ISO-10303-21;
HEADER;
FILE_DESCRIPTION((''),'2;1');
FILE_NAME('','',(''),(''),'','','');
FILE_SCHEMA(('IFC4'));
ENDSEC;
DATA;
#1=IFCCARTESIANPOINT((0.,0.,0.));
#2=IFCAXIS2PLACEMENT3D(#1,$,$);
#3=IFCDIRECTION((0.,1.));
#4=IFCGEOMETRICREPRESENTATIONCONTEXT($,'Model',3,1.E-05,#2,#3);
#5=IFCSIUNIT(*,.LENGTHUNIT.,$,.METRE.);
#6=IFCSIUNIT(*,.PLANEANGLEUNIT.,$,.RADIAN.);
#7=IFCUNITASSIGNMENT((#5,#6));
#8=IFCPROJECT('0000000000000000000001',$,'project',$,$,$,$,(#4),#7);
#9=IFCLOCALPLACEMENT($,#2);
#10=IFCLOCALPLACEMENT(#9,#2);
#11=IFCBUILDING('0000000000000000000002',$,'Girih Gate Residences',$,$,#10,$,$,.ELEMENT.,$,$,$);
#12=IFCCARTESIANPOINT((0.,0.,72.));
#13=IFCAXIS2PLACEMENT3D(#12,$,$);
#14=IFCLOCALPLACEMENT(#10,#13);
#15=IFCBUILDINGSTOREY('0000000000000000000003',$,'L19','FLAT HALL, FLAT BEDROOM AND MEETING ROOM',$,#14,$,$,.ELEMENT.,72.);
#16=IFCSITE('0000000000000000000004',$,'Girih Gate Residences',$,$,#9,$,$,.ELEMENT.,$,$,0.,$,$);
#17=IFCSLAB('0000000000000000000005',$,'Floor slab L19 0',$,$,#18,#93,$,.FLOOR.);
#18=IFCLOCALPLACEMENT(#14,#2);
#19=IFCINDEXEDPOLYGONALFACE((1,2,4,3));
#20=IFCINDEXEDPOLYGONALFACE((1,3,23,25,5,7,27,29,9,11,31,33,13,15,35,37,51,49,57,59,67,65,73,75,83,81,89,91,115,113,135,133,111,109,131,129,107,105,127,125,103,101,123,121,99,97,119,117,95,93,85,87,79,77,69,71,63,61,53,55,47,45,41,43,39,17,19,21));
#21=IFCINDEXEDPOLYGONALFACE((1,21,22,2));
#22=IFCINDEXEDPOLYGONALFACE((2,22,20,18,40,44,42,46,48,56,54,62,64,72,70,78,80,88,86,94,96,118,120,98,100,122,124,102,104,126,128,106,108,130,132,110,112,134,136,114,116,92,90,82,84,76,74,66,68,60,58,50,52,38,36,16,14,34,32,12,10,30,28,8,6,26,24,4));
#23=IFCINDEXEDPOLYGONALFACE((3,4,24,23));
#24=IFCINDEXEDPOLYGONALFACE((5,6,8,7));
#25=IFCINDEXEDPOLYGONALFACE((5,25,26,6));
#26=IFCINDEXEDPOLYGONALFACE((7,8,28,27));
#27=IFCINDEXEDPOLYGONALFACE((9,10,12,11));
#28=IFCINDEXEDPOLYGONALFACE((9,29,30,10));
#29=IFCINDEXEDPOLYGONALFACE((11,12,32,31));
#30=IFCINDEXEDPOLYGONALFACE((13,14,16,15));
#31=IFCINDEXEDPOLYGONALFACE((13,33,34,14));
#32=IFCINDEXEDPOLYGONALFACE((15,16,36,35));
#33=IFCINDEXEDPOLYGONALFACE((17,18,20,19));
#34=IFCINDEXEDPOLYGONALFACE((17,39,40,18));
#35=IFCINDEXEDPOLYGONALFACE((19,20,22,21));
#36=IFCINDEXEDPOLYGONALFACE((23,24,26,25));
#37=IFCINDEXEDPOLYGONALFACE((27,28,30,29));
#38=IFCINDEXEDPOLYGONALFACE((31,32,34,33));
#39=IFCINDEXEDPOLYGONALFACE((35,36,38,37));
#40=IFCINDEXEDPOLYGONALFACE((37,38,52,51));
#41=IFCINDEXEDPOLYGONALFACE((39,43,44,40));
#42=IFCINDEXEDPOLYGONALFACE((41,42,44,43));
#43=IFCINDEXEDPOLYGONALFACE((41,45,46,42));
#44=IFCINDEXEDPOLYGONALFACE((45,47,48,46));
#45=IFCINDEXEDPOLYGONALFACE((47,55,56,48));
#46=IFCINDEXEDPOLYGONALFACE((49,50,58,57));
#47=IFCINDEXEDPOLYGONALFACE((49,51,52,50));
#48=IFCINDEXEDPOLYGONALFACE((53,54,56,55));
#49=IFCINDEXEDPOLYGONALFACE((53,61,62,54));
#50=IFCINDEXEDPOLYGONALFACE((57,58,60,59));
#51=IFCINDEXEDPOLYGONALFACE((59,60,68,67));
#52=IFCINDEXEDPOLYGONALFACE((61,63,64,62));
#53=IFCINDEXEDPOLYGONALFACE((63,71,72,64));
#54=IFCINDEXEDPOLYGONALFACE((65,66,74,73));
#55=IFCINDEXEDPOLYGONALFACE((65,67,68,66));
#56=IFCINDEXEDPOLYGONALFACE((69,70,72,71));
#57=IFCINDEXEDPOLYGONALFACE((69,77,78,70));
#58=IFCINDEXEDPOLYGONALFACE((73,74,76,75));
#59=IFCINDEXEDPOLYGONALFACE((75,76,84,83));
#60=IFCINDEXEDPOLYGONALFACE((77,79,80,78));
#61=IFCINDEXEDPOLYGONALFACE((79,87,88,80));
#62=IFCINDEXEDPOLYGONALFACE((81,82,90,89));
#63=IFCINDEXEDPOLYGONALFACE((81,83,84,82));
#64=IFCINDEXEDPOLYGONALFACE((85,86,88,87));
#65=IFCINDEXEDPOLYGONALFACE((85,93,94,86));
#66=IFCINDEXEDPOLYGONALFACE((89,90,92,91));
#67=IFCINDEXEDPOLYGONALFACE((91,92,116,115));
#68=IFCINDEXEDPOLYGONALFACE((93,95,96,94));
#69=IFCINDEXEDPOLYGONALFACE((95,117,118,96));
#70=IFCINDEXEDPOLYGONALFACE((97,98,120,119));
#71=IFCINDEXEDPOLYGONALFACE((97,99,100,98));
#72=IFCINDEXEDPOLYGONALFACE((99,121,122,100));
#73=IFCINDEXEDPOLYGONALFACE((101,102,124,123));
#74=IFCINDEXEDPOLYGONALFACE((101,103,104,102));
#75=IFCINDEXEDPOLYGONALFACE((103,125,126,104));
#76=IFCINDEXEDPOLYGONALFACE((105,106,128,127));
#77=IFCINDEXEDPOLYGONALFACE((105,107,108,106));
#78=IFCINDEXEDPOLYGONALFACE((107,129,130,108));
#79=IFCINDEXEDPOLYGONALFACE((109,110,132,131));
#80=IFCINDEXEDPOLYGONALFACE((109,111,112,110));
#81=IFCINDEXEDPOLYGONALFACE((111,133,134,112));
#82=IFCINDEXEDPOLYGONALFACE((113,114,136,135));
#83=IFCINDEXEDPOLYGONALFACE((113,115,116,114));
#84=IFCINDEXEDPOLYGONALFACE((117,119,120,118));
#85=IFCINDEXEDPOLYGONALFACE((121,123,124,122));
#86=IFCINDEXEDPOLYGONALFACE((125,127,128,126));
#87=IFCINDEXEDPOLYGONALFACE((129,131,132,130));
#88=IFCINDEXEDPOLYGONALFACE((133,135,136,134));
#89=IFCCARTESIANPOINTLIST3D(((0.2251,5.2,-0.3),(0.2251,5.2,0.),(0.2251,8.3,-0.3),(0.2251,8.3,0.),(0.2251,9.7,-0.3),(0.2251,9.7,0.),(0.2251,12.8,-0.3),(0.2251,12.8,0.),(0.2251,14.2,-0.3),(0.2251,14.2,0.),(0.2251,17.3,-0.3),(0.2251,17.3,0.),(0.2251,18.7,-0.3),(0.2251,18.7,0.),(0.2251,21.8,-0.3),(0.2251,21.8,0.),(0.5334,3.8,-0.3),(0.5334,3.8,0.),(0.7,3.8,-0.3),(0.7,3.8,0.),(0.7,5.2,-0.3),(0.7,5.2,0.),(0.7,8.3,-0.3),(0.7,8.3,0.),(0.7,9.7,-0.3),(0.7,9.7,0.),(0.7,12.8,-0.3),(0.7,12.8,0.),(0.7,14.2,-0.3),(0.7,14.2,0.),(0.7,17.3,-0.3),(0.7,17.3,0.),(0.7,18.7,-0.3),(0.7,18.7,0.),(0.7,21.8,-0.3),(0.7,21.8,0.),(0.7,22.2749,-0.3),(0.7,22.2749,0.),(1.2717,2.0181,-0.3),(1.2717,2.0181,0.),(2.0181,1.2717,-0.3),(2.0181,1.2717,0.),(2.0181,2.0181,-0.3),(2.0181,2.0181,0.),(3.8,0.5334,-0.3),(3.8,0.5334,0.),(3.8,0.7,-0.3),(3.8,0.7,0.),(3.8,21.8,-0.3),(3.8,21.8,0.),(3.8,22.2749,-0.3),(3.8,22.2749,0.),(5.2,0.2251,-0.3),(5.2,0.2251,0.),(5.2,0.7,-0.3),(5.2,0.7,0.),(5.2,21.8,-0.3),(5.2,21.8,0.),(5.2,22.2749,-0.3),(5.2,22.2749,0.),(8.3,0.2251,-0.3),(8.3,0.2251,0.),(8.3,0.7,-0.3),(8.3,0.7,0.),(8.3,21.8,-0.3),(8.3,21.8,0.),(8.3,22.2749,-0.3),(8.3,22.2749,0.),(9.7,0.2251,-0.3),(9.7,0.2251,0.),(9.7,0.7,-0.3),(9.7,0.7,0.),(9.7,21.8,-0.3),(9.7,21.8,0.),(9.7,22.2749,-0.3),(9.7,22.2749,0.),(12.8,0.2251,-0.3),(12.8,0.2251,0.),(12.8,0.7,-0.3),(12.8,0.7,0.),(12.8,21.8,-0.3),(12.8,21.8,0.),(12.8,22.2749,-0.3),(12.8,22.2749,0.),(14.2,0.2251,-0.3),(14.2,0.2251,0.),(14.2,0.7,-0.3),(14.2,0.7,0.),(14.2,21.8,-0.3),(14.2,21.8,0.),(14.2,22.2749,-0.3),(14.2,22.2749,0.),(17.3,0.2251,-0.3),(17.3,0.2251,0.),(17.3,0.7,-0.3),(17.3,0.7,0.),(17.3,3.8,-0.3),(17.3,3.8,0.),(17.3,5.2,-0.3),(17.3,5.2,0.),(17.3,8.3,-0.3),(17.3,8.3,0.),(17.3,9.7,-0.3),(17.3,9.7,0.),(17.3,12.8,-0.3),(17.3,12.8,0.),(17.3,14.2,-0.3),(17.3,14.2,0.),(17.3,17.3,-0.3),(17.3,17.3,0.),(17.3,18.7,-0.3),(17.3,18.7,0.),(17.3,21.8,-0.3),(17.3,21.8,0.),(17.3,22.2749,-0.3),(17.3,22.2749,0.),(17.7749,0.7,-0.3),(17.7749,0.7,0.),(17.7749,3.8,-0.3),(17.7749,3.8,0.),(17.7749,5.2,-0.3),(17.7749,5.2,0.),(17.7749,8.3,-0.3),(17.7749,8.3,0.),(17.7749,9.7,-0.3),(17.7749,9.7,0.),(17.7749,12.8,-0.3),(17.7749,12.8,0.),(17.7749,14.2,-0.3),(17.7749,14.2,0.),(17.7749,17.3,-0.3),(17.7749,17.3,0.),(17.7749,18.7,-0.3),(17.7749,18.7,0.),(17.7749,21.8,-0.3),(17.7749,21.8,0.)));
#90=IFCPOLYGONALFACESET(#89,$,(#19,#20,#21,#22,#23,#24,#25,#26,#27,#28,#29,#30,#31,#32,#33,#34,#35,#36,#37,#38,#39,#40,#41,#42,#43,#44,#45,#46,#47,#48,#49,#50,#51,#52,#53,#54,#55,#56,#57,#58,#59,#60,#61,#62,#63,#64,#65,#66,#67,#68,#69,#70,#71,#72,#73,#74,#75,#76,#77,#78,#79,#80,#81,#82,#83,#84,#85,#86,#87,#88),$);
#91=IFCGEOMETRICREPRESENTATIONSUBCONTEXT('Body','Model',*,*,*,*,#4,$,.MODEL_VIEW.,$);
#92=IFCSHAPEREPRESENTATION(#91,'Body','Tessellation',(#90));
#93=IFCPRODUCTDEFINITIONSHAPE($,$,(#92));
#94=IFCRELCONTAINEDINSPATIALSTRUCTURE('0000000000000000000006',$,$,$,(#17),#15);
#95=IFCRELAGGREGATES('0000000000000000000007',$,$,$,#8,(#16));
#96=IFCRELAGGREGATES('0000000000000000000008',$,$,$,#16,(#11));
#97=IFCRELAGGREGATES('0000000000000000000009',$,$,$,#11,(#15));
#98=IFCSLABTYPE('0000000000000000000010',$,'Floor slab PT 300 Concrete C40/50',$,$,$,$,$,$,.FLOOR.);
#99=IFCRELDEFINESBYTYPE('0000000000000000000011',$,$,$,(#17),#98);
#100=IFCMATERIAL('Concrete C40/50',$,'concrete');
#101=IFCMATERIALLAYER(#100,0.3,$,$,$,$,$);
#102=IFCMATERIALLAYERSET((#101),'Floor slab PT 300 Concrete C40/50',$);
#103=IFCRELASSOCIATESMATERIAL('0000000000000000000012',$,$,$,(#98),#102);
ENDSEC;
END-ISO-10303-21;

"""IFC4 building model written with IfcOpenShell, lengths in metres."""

from ifc_helpers import new_model, si_unit, direction, frame, origin, place, context, subcontext, project, spatial, polyline, outline, extrude, material, layer, layer_set, type_object, element, save


model = new_model("IFC4")

# Units and contexts
model_context = context("Model", 3, precision=1e-05, world=origin(), true_north=direction((0.0, 1.0)))
body_context = subcontext(model_context, "Body", "Model", "MODEL_VIEW")
ifc_project = project(units=[si_unit("LENGTHUNIT", "METRE"), si_unit("PLANEANGLEUNIT", "RADIAN")], contexts=[model_context])

# Site, building, storey
site_placement = place(None, origin())
site = spatial("IfcSite", under=ifc_project, at=site_placement, Name="Girih Gate Residences", CompositionType="ELEMENT", RefElevation=0.0)
building_placement = place(site_placement, origin())
building = spatial("IfcBuilding", under=site, at=building_placement, Name="Girih Gate Residences", CompositionType="ELEMENT")
storey_placement = place(building_placement, frame((0.0, 0.0, 72.0)))
storey = spatial("IfcBuildingStorey", under=building, at=storey_placement, Name="L19", Description="FLAT HALL, FLAT BEDROOM AND MEETING ROOM", CompositionType="ELEMENT", Elevation=72.0)

# Slab
ifc_material_1 = material(Name="Concrete C40/50", Category="concrete")
ifc_layer_1 = layer(ifc_material_1, 0.3)
ifc_layer_set_1 = layer_set([ifc_layer_1], Name="Floor slab PT 300 Concrete C40/50")
slab_type_1 = type_object("IfcSlabType", Name="Floor slab PT 300 Concrete C40/50", PredefinedType="FLOOR", material=ifc_layer_set_1)
slab_1_placement = place(storey_placement, frame((0.0, 0.0, -0.3)))
element("IfcSlab", 1, at=slab_1_placement, inside=storey, type_object=slab_type_1, Name="Floor slab L19 0", PredefinedType="FLOOR", context=body_context, shape_type="SweptSolid", body=[
    extrude(outline(polyline([(0.2251, 8.3), (0.2251, 5.2), (0.7, 5.2), (0.7, 3.8), (0.5334, 3.8), (1.2717, 2.0181), (2.0181, 2.0181), (2.0181, 1.2717), (3.8, 0.5334), (3.8, 0.7), (5.2, 0.7), (5.2, 0.2251), (8.3, 0.2251), (8.3, 0.7), (9.7, 0.7), (9.7, 0.2251), (12.8, 0.2251), (12.8, 0.7), (14.2, 0.7), (14.2, 0.2251), (17.3, 0.2251), (17.3, 0.7), (17.7749, 0.7), (17.7749, 3.8), (17.3, 3.8), (17.3, 5.2), (17.7749, 5.2), (17.7749, 8.3), (17.3, 8.3), (17.3, 9.7), (17.7749, 9.7), (17.7749, 12.8), (17.3, 12.8), (17.3, 14.2), (17.7749, 14.2), (17.7749, 17.3), (17.3, 17.3), (17.3, 18.7), (17.7749, 18.7), (17.7749, 21.8), (17.3, 21.8), (17.3, 22.2749), (14.2, 22.2749), (14.2, 21.8), (12.8, 21.8), (12.8, 22.2749), (9.7, 22.2749), (9.7, 21.8), (8.3, 21.8), (8.3, 22.2749), (5.2, 22.2749), (5.2, 21.8), (3.8, 21.8), (3.8, 22.2749), (0.7, 22.2749), (0.7, 21.8), (0.2251, 21.8), (0.2251, 18.7), (0.7, 18.7), (0.7, 17.3), (0.2251, 17.3), (0.2251, 14.2), (0.7, 14.2), (0.7, 12.8), (0.2251, 12.8), (0.2251, 9.7), (0.7, 9.7), (0.7, 8.3), (0.2251, 8.3)])), origin(), (0.0, 0.0, 1.0), 0.3),
])

save(model, "model.ifc")
